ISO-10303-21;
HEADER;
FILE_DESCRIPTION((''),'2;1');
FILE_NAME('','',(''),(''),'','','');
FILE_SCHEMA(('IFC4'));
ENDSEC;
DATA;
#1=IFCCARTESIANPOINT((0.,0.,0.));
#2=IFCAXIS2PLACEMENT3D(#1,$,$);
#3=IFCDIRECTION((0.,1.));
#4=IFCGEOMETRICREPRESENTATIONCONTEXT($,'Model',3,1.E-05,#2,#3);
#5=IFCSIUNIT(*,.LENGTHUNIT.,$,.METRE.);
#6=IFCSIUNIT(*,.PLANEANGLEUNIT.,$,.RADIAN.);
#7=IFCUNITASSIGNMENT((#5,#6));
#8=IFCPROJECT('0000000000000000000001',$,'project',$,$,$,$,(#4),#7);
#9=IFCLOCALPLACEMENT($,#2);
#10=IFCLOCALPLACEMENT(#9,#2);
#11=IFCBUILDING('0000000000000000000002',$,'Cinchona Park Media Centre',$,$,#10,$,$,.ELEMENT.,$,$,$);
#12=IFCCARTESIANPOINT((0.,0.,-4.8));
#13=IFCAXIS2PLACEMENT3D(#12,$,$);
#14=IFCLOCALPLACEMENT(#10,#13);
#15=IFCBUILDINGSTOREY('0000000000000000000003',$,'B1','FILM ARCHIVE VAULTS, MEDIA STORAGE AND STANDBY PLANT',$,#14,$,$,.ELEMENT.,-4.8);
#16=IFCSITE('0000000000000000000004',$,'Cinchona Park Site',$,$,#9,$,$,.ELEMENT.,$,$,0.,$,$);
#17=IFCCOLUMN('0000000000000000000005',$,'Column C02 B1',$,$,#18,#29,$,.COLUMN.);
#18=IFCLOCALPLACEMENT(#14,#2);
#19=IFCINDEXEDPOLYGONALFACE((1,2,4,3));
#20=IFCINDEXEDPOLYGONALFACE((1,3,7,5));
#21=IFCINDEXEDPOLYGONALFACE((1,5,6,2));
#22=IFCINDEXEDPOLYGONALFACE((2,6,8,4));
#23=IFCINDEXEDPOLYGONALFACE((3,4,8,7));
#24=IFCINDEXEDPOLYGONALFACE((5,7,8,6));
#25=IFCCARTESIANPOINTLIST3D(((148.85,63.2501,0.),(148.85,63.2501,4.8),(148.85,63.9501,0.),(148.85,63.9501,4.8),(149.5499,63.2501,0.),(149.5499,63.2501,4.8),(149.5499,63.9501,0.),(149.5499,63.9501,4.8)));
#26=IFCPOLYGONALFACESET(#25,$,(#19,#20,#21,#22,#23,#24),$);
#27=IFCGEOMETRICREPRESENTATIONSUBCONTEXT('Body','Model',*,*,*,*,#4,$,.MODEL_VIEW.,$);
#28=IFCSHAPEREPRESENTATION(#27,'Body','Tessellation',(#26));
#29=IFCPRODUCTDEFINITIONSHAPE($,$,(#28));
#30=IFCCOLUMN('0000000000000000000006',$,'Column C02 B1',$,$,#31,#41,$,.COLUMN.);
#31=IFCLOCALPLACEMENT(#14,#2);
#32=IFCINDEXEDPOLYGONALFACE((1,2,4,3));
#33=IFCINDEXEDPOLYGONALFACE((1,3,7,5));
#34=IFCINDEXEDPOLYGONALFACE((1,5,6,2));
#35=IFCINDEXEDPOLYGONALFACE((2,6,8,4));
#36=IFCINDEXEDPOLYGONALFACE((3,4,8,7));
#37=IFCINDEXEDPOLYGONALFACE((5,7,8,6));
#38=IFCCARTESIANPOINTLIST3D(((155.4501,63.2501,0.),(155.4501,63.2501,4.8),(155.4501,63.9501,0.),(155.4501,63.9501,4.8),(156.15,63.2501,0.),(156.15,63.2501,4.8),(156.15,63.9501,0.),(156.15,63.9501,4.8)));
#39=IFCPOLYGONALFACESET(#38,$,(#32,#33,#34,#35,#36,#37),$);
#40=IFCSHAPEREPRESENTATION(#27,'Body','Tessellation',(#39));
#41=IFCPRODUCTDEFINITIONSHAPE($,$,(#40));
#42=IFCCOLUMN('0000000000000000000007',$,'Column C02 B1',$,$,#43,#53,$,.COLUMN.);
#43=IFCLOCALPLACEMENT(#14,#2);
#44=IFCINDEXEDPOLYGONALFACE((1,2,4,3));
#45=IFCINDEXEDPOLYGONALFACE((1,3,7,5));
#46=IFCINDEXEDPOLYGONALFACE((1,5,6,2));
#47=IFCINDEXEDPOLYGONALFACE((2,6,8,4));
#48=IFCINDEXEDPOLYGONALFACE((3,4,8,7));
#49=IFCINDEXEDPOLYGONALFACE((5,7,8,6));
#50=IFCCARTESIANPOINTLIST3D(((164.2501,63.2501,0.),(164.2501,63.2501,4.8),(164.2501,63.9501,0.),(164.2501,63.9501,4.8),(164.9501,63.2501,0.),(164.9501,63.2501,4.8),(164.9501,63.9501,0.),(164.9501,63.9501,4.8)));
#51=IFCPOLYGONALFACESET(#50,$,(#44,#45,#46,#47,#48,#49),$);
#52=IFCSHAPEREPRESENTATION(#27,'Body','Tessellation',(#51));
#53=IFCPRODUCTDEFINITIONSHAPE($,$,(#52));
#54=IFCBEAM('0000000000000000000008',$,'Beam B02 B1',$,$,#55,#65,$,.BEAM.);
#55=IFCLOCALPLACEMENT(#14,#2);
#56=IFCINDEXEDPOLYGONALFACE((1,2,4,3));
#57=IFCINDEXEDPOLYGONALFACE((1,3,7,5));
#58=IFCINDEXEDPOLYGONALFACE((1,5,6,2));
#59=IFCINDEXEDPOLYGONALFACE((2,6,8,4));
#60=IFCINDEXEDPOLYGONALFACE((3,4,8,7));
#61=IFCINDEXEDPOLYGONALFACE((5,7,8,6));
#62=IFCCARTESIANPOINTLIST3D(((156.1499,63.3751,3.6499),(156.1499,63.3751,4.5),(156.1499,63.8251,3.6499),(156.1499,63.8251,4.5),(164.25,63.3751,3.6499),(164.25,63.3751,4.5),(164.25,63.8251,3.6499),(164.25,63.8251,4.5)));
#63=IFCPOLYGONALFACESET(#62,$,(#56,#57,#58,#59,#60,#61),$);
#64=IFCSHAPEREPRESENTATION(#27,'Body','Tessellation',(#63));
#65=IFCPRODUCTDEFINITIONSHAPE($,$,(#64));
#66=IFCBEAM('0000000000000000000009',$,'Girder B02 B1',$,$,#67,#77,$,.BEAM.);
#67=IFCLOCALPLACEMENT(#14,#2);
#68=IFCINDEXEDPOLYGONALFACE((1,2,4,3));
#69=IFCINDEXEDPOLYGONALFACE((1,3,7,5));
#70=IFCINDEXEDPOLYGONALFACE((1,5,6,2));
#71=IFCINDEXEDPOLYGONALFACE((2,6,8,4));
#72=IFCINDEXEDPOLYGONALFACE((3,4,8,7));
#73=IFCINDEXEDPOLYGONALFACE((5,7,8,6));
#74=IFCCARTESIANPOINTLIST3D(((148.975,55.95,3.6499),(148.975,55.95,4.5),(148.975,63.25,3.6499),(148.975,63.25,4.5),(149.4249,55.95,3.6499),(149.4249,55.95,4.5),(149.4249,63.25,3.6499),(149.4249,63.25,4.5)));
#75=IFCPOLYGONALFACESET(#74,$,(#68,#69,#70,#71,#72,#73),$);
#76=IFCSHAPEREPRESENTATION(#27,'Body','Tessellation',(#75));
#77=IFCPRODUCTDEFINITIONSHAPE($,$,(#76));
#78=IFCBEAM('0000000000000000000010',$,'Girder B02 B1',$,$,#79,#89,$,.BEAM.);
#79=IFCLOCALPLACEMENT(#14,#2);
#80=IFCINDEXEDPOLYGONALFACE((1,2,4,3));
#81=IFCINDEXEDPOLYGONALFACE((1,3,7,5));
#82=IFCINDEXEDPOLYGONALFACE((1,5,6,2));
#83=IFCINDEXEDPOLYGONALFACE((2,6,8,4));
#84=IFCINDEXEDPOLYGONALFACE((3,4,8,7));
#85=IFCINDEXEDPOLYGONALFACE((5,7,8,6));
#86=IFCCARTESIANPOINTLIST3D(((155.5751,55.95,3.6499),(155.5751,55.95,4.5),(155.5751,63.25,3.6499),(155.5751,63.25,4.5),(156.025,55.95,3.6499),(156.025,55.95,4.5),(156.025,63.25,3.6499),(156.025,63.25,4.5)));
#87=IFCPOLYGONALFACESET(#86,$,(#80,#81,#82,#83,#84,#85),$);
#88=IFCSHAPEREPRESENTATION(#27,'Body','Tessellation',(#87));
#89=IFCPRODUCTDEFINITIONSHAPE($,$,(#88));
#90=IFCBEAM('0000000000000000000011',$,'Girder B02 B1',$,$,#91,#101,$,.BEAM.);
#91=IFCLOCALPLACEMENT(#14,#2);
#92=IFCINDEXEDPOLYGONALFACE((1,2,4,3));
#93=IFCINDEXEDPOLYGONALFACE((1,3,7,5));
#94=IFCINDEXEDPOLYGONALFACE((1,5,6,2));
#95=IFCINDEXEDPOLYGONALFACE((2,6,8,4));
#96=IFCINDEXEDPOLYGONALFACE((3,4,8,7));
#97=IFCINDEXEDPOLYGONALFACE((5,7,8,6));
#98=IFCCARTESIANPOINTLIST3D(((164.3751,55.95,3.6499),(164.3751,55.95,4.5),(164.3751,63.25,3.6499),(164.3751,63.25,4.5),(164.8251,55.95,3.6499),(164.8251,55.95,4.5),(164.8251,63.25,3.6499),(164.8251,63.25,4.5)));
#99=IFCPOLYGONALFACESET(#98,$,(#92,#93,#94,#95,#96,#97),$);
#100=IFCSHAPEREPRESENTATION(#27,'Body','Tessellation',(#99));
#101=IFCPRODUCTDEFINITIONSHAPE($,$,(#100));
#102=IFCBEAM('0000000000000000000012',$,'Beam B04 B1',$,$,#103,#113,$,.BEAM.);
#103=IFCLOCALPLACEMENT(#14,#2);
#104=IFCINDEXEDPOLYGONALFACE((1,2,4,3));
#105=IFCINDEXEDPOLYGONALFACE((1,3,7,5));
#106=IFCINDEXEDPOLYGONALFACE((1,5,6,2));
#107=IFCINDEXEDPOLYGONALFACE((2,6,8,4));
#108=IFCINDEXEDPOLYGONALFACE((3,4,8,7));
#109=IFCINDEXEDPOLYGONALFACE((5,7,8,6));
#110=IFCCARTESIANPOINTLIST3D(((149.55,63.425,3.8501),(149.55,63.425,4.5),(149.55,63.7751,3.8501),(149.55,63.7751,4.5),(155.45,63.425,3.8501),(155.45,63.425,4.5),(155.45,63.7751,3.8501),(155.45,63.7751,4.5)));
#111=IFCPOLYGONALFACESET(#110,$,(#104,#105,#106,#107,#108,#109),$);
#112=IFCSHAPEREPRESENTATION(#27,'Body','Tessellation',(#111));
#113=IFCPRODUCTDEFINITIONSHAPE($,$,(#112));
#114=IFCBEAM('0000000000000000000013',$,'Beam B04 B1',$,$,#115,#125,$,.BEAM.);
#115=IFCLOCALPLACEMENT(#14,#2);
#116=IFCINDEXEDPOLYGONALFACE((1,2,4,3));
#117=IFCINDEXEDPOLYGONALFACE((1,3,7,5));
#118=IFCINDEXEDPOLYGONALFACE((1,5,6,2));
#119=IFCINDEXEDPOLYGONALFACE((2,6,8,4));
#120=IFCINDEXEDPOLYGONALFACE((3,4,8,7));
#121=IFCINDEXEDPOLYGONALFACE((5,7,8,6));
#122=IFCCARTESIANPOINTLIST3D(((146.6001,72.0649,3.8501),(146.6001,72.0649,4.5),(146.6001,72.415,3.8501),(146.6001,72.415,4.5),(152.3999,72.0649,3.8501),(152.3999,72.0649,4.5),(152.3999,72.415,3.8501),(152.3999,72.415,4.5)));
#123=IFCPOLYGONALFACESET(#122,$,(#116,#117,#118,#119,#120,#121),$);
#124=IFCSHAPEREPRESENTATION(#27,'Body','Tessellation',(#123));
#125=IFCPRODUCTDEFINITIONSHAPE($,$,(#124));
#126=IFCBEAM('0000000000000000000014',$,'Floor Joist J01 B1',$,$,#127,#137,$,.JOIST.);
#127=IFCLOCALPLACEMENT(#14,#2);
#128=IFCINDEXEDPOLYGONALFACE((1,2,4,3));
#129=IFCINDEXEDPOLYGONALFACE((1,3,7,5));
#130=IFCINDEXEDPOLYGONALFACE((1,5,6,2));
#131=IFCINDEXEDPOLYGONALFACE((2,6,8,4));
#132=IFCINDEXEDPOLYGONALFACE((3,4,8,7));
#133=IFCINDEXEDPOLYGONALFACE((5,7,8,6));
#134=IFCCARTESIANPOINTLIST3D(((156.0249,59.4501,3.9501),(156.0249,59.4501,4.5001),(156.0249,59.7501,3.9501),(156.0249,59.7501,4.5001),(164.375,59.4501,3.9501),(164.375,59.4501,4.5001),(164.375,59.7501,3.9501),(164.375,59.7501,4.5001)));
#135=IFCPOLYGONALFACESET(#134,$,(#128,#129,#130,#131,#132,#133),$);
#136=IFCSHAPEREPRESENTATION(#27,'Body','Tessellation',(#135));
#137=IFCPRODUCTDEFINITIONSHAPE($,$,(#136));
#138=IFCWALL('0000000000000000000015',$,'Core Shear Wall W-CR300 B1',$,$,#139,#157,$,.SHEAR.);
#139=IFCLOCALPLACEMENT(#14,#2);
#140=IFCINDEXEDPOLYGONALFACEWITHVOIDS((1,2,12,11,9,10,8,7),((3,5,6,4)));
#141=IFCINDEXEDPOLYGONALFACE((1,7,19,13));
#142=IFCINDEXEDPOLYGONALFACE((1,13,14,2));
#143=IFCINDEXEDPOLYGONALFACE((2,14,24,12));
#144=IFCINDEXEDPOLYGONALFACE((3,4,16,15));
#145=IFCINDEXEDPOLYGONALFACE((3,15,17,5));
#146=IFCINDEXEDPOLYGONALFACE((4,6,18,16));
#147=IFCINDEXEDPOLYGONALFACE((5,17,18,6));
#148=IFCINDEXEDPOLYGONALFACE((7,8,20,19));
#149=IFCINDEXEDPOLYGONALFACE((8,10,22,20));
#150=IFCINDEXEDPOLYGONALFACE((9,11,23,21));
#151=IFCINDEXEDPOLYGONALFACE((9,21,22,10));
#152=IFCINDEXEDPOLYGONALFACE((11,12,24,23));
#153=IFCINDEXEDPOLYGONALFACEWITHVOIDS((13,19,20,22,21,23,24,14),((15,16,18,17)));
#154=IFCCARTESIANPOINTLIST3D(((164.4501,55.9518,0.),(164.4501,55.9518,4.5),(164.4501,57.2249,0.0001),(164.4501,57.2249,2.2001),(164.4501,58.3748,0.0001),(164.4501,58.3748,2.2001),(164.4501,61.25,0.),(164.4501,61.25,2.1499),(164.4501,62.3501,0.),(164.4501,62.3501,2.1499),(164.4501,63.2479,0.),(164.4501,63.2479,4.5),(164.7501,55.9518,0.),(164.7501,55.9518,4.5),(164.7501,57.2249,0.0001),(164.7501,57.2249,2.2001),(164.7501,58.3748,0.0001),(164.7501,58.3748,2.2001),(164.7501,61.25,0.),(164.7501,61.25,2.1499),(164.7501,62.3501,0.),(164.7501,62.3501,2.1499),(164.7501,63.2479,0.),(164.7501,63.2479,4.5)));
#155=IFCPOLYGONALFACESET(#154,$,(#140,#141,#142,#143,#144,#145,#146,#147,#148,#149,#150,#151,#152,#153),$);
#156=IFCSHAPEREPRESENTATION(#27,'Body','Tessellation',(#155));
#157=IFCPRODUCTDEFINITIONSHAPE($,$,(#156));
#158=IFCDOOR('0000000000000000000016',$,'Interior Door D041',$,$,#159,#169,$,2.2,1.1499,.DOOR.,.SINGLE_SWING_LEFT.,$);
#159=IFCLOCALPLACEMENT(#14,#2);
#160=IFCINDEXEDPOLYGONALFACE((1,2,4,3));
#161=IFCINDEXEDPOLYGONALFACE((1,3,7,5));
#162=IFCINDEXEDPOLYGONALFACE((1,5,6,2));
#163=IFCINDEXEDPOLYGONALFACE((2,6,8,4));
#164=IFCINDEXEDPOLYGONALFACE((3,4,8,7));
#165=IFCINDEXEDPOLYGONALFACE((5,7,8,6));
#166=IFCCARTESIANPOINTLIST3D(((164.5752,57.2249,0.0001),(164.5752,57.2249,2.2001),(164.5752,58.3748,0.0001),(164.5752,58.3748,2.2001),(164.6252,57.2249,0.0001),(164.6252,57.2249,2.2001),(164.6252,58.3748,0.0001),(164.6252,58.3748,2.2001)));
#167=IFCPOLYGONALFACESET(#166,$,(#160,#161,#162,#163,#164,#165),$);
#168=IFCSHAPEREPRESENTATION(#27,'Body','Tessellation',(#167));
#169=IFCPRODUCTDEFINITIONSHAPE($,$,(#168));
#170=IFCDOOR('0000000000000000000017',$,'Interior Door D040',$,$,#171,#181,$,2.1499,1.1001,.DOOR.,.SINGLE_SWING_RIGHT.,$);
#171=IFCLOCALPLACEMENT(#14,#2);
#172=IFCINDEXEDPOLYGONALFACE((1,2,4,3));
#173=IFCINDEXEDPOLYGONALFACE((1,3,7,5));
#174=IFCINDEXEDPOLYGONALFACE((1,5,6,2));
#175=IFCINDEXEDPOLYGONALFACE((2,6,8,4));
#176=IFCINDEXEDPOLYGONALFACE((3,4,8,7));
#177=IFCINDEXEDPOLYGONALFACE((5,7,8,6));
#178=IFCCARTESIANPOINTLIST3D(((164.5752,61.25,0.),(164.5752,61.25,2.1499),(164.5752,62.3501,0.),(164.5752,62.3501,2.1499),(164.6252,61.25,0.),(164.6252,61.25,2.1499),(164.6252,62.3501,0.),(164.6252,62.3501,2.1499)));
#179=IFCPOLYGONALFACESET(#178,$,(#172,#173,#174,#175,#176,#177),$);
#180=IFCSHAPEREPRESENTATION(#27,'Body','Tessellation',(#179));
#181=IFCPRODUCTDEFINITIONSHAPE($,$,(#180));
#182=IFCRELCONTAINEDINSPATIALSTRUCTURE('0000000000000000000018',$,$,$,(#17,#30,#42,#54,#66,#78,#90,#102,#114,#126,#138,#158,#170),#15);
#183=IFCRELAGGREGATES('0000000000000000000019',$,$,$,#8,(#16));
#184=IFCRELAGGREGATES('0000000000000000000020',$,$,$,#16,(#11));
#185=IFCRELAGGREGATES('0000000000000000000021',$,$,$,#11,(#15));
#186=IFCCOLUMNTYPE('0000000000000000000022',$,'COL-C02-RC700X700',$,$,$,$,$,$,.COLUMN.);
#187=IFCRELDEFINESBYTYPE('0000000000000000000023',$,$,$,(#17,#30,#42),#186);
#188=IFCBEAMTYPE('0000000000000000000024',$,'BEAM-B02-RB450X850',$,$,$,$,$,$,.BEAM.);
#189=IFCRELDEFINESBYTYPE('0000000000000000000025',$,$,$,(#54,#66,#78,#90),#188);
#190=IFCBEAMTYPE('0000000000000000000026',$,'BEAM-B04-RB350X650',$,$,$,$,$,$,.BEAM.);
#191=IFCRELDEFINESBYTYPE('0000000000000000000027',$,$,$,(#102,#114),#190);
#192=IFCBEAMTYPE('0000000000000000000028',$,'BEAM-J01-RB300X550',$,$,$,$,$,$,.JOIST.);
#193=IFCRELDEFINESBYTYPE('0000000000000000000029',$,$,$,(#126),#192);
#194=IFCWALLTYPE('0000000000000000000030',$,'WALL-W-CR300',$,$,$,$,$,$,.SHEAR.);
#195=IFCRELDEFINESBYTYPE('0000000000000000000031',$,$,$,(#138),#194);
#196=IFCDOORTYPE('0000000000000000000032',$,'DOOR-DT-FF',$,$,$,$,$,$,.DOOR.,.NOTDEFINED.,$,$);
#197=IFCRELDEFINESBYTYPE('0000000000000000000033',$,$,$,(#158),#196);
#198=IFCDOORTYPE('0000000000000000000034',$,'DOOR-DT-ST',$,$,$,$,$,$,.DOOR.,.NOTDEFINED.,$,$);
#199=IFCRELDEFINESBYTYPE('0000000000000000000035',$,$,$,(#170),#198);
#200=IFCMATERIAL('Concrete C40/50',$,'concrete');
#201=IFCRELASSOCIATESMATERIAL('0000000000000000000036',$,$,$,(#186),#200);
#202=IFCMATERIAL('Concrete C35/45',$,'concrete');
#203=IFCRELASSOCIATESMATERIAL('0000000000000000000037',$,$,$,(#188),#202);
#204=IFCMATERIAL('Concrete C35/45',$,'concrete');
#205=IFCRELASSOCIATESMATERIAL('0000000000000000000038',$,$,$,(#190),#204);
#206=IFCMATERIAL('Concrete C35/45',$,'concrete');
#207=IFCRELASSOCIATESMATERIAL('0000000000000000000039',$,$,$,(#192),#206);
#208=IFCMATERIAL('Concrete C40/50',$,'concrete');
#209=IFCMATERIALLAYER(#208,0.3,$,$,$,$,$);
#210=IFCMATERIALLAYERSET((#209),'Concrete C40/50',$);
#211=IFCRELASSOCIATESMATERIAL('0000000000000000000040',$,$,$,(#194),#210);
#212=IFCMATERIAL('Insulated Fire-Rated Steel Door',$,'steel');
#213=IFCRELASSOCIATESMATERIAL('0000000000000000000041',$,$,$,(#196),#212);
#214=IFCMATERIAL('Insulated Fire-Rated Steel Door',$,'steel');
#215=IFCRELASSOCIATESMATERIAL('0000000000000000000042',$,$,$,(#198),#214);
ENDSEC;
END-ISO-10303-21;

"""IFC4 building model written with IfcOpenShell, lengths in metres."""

from ifc_helpers import new_model, si_unit, direction, frame, frame_2d, origin, origin_2d, place, context, subcontext, project, spatial, rectangle, extrude, material, layer, layer_set, material_profile, profile_set, type_object, element, fill, save


model = new_model("IFC4")

# Units and contexts
model_context = context("Model", 3, precision=1e-05, world=origin(), true_north=direction((0.0, 1.0)))
body_context = subcontext(model_context, "Body", "Model", "MODEL_VIEW")
ifc_project = project(units=[si_unit("LENGTHUNIT", "METRE"), si_unit("PLANEANGLEUNIT", "RADIAN")], contexts=[model_context])

# Site, building, storey
site_placement = place(None, origin())
site = spatial("IfcSite", under=ifc_project, at=site_placement, Name="Cinchona Park Site", CompositionType="ELEMENT", RefElevation=0.0)
building_placement = place(site_placement, origin())
building = spatial("IfcBuilding", under=site, at=building_placement, Name="Cinchona Park Media Centre", CompositionType="ELEMENT")
storey_placement = place(building_placement, frame((0.0, 0.0, -4.8)))
storey = spatial("IfcBuildingStorey", under=building, at=storey_placement, Name="B1", Description="FILM ARCHIVE VAULTS, MEDIA STORAGE AND STANDBY PLANT", CompositionType="ELEMENT", Elevation=-4.8)

# Columns
ifc_material_1 = material(Name="Concrete C40/50", Category="concrete")
ifc_material_profile_1 = material_profile(ifc_material_1, rectangle(XDim=0.7, YDim=0.7, at=origin_2d()), Name="RC 700X700")
ifc_profile_set_1 = profile_set([ifc_material_profile_1], Name="Concrete C40/50")
column_type_1 = type_object("IfcColumnType", Name="COL-C02-RC700X700", PredefinedType="COLUMN", material=ifc_profile_set_1)
for number, where, z_axis, x_axis, name in (
    (1, (149.2, 63.6001, 0.0), (0.0, 0.0, 1.0), (1.0, 0.0, 0.0), "Column C02 B1"),
    (2, (155.8, 63.6001, 0.0), (0.0, 0.0, 1.0), (1.0, 0.0, 0.0), "Column C02 B1"),
    (3, (164.6001, 63.6001, 0.0), (0.0, 0.0, 1.0), (1.0, 0.0, 0.0), "Column C02 B1"),
):
    element("IfcColumn", number, at=place(storey_placement, frame(where, z_axis=z_axis, x_axis=x_axis)), inside=storey, type_object=column_type_1, Name=name, PredefinedType="COLUMN", context=body_context, shape_type="SweptSolid", body=[
        extrude(rectangle(XDim=0.7, YDim=0.7, at=origin_2d()), origin(), (0.0, 0.0, 1.0), 4.8),
    ])

# Beams
ifc_material_2 = material(Name="Concrete C35/45", Category="concrete")
ifc_material_profile_2 = material_profile(ifc_material_2, rectangle(XDim=0.45, YDim=0.8501, at=origin_2d()), Name="RB 450X850")
ifc_profile_set_2 = profile_set([ifc_material_profile_2], Name="Concrete C35/45")
beam_type_1 = type_object("IfcBeamType", Name="BEAM-B02-RB450X850", PredefinedType="BEAM", material=ifc_profile_set_2)
beam_1_placement = place(storey_placement, frame((156.1499, 63.6001, 4.075), z_axis=(1.0, 0.0, 0.0), x_axis=(0.0, 1.0, 0.0)))
element("IfcBeam", 4, at=beam_1_placement, inside=storey, type_object=beam_type_1, Name="Beam B02 B1", PredefinedType="BEAM", context=body_context, shape_type="SweptSolid", body=[
    extrude(rectangle(XDim=0.45, YDim=0.8501, at=origin_2d()), origin(), (0.0, 0.0, 1.0), 8.1001),
])
for number, where, z_axis, x_axis, name in (
    (5, (149.2, 55.95, 4.075), (0.0, 1.0, 0.0), (-1.0, 0.0, 0.0), "Girder B02 B1"),
    (6, (155.8, 55.95, 4.075), (0.0, 1.0, 0.0), (-1.0, 0.0, 0.0), "Girder B02 B1"),
    (7, (164.6001, 55.95, 4.075), (0.0, 1.0, 0.0), (-1.0, 0.0, 0.0), "Girder B02 B1"),
):
    element("IfcBeam", number, at=place(storey_placement, frame(where, z_axis=z_axis, x_axis=x_axis)), inside=storey, type_object=beam_type_1, Name=name, PredefinedType="BEAM", context=body_context, shape_type="SweptSolid", body=[
        extrude(rectangle(XDim=0.45, YDim=0.8501, at=origin_2d()), origin(), (0.0, 0.0, 1.0), 7.3),
    ])
ifc_material_3 = material(Name="Concrete C35/45", Category="concrete")
ifc_material_profile_3 = material_profile(ifc_material_3, rectangle(XDim=0.3501, YDim=0.6499, at=origin_2d()), Name="RB 350X650")
ifc_profile_set_3 = profile_set([ifc_material_profile_3], Name="Concrete C35/45")
beam_type_2 = type_object("IfcBeamType", Name="BEAM-B04-RB350X650", PredefinedType="BEAM", material=ifc_profile_set_3)
beam_2_placement = place(storey_placement, frame((149.55, 63.6001, 4.175), z_axis=(1.0, 0.0, 0.0), x_axis=(0.0, 1.0, 0.0)))
element("IfcBeam", 8, at=beam_2_placement, inside=storey, type_object=beam_type_2, Name="Beam B04 B1", PredefinedType="BEAM", context=body_context, shape_type="SweptSolid", body=[
    extrude(rectangle(XDim=0.3501, YDim=0.6499, at=origin_2d()), origin(), (0.0, 0.0, 1.0), 5.8999),
])
beam_3_placement = place(storey_placement, frame((146.6001, 72.24, 4.175), z_axis=(1.0, 0.0, 0.0), x_axis=(0.0, 1.0, 0.0)))
element("IfcBeam", 9, at=beam_3_placement, inside=storey, type_object=beam_type_2, Name="Beam B04 B1", PredefinedType="BEAM", context=body_context, shape_type="SweptSolid", body=[
    extrude(rectangle(XDim=0.3501, YDim=0.6499, at=origin_2d()), origin(), (0.0, 0.0, 1.0), 5.7998),
])
ifc_material_4 = material(Name="Concrete C35/45", Category="concrete")
ifc_material_profile_4 = material_profile(ifc_material_4, rectangle(XDim=0.3, YDim=0.55, at=origin_2d()), Name="RB 300X550")
ifc_profile_set_4 = profile_set([ifc_material_profile_4], Name="Concrete C35/45")
beam_type_3 = type_object("IfcBeamType", Name="BEAM-J01-RB300X550", PredefinedType="JOIST", material=ifc_profile_set_4)
beam_4_placement = place(storey_placement, frame((156.0249, 59.6001, 4.2251), z_axis=(1.0, 0.0, 0.0), x_axis=(0.0, 1.0, 0.0)))
element("IfcBeam", 10, at=beam_4_placement, inside=storey, type_object=beam_type_3, Name="Floor Joist J01 B1", PredefinedType="JOIST", context=body_context, shape_type="SweptSolid", body=[
    extrude(rectangle(XDim=0.3, YDim=0.55, at=origin_2d()), origin(), (0.0, 0.0, 1.0), 8.3501),
])

# Wall, openings, doors
ifc_material_5 = material(Name="Concrete C40/50", Category="concrete")
ifc_layer_1 = layer(ifc_material_5, 0.3)
ifc_layer_set_1 = layer_set([ifc_layer_1], Name="Concrete C40/50")
wall_type_1 = type_object("IfcWallType", Name="WALL-W-CR300", PredefinedType="SHEAR", material=ifc_layer_set_1)
wall_1_placement = place(storey_placement, frame((164.6001, 55.9519, 0.0), z_axis=(0.0, 0.0, 1.0), x_axis=(0.0, 1.0, 0.0)))
wall_1 = element("IfcWall", 11, at=wall_1_placement, inside=storey, type_object=wall_type_1, Name="Core Shear Wall W-CR300 B1", PredefinedType="SHEAR", context=body_context, shape_type="SweptSolid", body=[
    extrude(rectangle(XDim=7.2961, YDim=0.3, at=frame_2d((3.6479, 0.0))), origin(), (0.0, 0.0, 1.0), 4.5),
])
opening_1_placement = place(wall_1_placement, frame((5.2981, 0.0, 0.0)))
opening_1 = element("IfcOpeningElement", 12, at=opening_1_placement, cuts=wall_1, PredefinedType="OPENING", context=body_context, shape_type="SweptSolid", body=[
    extrude(rectangle(XDim=1.1001, YDim=2.1499, at=frame_2d((0.55, 1.075))), frame((0.0, 0.1599, 0.0), z_axis=(0.0, -1.0, 0.0), x_axis=(1.0, 0.0, 0.0)), (0.0, 0.0, 1.0), 0.3201),
])
opening_2_placement = place(wall_1_placement, frame((1.2729, 0.0, 0.0)))
opening_2 = element("IfcOpeningElement", 13, at=opening_2_placement, cuts=wall_1, PredefinedType="OPENING", context=body_context, shape_type="SweptSolid", body=[
    extrude(rectangle(XDim=1.1499, YDim=2.2, at=frame_2d((0.575, 1.1001))), frame((0.0, 0.1599, 0.0), z_axis=(0.0, -1.0, 0.0), x_axis=(1.0, 0.0, 0.0)), (0.0, 0.0, 1.0), 0.3201),
])
ifc_material_6 = material(Name="Insulated Fire-Rated Steel Door", Category="steel")
door_type_1 = type_object("IfcDoorType", Name="DOOR-DT-FF", OperationType="NOTDEFINED", PredefinedType="DOOR", material=ifc_material_6)
door_1_placement = place(opening_2_placement, origin())
door_1 = element("IfcDoor", 14, at=door_1_placement, inside=storey, type_object=door_type_1, Name="Interior Door D041", OperationType="SINGLE_SWING_LEFT", OverallHeight=2.2, OverallWidth=1.1499, PredefinedType="DOOR", context=body_context, shape_type="SweptSolid", body=[
    extrude(rectangle(XDim=1.1499, YDim=2.2, at=frame_2d((0.575, 1.1001))), frame((0.0, 0.0249, 0.0), z_axis=(0.0, -1.0, 0.0), x_axis=(1.0, 0.0, 0.0)), (0.0, 0.0, 1.0), 0.05),
])
fill(opening_2, door_1)
ifc_material_7 = material(Name="Insulated Fire-Rated Steel Door", Category="steel")
door_type_2 = type_object("IfcDoorType", Name="DOOR-DT-ST", OperationType="NOTDEFINED", PredefinedType="DOOR", material=ifc_material_7)
door_2_placement = place(opening_1_placement, origin())
door_2 = element("IfcDoor", 15, at=door_2_placement, inside=storey, type_object=door_type_2, Name="Interior Door D040", OperationType="SINGLE_SWING_RIGHT", OverallHeight=2.1499, OverallWidth=1.1001, PredefinedType="DOOR", context=body_context, shape_type="SweptSolid", body=[
    extrude(rectangle(XDim=1.1001, YDim=2.1499, at=frame_2d((0.55, 1.075))), frame((0.0, 0.0249, 0.0), z_axis=(0.0, -1.0, 0.0), x_axis=(1.0, 0.0, 0.0)), (0.0, 0.0, 1.0), 0.05),
])
fill(opening_1, door_2)

save(model, "model.ifc")
